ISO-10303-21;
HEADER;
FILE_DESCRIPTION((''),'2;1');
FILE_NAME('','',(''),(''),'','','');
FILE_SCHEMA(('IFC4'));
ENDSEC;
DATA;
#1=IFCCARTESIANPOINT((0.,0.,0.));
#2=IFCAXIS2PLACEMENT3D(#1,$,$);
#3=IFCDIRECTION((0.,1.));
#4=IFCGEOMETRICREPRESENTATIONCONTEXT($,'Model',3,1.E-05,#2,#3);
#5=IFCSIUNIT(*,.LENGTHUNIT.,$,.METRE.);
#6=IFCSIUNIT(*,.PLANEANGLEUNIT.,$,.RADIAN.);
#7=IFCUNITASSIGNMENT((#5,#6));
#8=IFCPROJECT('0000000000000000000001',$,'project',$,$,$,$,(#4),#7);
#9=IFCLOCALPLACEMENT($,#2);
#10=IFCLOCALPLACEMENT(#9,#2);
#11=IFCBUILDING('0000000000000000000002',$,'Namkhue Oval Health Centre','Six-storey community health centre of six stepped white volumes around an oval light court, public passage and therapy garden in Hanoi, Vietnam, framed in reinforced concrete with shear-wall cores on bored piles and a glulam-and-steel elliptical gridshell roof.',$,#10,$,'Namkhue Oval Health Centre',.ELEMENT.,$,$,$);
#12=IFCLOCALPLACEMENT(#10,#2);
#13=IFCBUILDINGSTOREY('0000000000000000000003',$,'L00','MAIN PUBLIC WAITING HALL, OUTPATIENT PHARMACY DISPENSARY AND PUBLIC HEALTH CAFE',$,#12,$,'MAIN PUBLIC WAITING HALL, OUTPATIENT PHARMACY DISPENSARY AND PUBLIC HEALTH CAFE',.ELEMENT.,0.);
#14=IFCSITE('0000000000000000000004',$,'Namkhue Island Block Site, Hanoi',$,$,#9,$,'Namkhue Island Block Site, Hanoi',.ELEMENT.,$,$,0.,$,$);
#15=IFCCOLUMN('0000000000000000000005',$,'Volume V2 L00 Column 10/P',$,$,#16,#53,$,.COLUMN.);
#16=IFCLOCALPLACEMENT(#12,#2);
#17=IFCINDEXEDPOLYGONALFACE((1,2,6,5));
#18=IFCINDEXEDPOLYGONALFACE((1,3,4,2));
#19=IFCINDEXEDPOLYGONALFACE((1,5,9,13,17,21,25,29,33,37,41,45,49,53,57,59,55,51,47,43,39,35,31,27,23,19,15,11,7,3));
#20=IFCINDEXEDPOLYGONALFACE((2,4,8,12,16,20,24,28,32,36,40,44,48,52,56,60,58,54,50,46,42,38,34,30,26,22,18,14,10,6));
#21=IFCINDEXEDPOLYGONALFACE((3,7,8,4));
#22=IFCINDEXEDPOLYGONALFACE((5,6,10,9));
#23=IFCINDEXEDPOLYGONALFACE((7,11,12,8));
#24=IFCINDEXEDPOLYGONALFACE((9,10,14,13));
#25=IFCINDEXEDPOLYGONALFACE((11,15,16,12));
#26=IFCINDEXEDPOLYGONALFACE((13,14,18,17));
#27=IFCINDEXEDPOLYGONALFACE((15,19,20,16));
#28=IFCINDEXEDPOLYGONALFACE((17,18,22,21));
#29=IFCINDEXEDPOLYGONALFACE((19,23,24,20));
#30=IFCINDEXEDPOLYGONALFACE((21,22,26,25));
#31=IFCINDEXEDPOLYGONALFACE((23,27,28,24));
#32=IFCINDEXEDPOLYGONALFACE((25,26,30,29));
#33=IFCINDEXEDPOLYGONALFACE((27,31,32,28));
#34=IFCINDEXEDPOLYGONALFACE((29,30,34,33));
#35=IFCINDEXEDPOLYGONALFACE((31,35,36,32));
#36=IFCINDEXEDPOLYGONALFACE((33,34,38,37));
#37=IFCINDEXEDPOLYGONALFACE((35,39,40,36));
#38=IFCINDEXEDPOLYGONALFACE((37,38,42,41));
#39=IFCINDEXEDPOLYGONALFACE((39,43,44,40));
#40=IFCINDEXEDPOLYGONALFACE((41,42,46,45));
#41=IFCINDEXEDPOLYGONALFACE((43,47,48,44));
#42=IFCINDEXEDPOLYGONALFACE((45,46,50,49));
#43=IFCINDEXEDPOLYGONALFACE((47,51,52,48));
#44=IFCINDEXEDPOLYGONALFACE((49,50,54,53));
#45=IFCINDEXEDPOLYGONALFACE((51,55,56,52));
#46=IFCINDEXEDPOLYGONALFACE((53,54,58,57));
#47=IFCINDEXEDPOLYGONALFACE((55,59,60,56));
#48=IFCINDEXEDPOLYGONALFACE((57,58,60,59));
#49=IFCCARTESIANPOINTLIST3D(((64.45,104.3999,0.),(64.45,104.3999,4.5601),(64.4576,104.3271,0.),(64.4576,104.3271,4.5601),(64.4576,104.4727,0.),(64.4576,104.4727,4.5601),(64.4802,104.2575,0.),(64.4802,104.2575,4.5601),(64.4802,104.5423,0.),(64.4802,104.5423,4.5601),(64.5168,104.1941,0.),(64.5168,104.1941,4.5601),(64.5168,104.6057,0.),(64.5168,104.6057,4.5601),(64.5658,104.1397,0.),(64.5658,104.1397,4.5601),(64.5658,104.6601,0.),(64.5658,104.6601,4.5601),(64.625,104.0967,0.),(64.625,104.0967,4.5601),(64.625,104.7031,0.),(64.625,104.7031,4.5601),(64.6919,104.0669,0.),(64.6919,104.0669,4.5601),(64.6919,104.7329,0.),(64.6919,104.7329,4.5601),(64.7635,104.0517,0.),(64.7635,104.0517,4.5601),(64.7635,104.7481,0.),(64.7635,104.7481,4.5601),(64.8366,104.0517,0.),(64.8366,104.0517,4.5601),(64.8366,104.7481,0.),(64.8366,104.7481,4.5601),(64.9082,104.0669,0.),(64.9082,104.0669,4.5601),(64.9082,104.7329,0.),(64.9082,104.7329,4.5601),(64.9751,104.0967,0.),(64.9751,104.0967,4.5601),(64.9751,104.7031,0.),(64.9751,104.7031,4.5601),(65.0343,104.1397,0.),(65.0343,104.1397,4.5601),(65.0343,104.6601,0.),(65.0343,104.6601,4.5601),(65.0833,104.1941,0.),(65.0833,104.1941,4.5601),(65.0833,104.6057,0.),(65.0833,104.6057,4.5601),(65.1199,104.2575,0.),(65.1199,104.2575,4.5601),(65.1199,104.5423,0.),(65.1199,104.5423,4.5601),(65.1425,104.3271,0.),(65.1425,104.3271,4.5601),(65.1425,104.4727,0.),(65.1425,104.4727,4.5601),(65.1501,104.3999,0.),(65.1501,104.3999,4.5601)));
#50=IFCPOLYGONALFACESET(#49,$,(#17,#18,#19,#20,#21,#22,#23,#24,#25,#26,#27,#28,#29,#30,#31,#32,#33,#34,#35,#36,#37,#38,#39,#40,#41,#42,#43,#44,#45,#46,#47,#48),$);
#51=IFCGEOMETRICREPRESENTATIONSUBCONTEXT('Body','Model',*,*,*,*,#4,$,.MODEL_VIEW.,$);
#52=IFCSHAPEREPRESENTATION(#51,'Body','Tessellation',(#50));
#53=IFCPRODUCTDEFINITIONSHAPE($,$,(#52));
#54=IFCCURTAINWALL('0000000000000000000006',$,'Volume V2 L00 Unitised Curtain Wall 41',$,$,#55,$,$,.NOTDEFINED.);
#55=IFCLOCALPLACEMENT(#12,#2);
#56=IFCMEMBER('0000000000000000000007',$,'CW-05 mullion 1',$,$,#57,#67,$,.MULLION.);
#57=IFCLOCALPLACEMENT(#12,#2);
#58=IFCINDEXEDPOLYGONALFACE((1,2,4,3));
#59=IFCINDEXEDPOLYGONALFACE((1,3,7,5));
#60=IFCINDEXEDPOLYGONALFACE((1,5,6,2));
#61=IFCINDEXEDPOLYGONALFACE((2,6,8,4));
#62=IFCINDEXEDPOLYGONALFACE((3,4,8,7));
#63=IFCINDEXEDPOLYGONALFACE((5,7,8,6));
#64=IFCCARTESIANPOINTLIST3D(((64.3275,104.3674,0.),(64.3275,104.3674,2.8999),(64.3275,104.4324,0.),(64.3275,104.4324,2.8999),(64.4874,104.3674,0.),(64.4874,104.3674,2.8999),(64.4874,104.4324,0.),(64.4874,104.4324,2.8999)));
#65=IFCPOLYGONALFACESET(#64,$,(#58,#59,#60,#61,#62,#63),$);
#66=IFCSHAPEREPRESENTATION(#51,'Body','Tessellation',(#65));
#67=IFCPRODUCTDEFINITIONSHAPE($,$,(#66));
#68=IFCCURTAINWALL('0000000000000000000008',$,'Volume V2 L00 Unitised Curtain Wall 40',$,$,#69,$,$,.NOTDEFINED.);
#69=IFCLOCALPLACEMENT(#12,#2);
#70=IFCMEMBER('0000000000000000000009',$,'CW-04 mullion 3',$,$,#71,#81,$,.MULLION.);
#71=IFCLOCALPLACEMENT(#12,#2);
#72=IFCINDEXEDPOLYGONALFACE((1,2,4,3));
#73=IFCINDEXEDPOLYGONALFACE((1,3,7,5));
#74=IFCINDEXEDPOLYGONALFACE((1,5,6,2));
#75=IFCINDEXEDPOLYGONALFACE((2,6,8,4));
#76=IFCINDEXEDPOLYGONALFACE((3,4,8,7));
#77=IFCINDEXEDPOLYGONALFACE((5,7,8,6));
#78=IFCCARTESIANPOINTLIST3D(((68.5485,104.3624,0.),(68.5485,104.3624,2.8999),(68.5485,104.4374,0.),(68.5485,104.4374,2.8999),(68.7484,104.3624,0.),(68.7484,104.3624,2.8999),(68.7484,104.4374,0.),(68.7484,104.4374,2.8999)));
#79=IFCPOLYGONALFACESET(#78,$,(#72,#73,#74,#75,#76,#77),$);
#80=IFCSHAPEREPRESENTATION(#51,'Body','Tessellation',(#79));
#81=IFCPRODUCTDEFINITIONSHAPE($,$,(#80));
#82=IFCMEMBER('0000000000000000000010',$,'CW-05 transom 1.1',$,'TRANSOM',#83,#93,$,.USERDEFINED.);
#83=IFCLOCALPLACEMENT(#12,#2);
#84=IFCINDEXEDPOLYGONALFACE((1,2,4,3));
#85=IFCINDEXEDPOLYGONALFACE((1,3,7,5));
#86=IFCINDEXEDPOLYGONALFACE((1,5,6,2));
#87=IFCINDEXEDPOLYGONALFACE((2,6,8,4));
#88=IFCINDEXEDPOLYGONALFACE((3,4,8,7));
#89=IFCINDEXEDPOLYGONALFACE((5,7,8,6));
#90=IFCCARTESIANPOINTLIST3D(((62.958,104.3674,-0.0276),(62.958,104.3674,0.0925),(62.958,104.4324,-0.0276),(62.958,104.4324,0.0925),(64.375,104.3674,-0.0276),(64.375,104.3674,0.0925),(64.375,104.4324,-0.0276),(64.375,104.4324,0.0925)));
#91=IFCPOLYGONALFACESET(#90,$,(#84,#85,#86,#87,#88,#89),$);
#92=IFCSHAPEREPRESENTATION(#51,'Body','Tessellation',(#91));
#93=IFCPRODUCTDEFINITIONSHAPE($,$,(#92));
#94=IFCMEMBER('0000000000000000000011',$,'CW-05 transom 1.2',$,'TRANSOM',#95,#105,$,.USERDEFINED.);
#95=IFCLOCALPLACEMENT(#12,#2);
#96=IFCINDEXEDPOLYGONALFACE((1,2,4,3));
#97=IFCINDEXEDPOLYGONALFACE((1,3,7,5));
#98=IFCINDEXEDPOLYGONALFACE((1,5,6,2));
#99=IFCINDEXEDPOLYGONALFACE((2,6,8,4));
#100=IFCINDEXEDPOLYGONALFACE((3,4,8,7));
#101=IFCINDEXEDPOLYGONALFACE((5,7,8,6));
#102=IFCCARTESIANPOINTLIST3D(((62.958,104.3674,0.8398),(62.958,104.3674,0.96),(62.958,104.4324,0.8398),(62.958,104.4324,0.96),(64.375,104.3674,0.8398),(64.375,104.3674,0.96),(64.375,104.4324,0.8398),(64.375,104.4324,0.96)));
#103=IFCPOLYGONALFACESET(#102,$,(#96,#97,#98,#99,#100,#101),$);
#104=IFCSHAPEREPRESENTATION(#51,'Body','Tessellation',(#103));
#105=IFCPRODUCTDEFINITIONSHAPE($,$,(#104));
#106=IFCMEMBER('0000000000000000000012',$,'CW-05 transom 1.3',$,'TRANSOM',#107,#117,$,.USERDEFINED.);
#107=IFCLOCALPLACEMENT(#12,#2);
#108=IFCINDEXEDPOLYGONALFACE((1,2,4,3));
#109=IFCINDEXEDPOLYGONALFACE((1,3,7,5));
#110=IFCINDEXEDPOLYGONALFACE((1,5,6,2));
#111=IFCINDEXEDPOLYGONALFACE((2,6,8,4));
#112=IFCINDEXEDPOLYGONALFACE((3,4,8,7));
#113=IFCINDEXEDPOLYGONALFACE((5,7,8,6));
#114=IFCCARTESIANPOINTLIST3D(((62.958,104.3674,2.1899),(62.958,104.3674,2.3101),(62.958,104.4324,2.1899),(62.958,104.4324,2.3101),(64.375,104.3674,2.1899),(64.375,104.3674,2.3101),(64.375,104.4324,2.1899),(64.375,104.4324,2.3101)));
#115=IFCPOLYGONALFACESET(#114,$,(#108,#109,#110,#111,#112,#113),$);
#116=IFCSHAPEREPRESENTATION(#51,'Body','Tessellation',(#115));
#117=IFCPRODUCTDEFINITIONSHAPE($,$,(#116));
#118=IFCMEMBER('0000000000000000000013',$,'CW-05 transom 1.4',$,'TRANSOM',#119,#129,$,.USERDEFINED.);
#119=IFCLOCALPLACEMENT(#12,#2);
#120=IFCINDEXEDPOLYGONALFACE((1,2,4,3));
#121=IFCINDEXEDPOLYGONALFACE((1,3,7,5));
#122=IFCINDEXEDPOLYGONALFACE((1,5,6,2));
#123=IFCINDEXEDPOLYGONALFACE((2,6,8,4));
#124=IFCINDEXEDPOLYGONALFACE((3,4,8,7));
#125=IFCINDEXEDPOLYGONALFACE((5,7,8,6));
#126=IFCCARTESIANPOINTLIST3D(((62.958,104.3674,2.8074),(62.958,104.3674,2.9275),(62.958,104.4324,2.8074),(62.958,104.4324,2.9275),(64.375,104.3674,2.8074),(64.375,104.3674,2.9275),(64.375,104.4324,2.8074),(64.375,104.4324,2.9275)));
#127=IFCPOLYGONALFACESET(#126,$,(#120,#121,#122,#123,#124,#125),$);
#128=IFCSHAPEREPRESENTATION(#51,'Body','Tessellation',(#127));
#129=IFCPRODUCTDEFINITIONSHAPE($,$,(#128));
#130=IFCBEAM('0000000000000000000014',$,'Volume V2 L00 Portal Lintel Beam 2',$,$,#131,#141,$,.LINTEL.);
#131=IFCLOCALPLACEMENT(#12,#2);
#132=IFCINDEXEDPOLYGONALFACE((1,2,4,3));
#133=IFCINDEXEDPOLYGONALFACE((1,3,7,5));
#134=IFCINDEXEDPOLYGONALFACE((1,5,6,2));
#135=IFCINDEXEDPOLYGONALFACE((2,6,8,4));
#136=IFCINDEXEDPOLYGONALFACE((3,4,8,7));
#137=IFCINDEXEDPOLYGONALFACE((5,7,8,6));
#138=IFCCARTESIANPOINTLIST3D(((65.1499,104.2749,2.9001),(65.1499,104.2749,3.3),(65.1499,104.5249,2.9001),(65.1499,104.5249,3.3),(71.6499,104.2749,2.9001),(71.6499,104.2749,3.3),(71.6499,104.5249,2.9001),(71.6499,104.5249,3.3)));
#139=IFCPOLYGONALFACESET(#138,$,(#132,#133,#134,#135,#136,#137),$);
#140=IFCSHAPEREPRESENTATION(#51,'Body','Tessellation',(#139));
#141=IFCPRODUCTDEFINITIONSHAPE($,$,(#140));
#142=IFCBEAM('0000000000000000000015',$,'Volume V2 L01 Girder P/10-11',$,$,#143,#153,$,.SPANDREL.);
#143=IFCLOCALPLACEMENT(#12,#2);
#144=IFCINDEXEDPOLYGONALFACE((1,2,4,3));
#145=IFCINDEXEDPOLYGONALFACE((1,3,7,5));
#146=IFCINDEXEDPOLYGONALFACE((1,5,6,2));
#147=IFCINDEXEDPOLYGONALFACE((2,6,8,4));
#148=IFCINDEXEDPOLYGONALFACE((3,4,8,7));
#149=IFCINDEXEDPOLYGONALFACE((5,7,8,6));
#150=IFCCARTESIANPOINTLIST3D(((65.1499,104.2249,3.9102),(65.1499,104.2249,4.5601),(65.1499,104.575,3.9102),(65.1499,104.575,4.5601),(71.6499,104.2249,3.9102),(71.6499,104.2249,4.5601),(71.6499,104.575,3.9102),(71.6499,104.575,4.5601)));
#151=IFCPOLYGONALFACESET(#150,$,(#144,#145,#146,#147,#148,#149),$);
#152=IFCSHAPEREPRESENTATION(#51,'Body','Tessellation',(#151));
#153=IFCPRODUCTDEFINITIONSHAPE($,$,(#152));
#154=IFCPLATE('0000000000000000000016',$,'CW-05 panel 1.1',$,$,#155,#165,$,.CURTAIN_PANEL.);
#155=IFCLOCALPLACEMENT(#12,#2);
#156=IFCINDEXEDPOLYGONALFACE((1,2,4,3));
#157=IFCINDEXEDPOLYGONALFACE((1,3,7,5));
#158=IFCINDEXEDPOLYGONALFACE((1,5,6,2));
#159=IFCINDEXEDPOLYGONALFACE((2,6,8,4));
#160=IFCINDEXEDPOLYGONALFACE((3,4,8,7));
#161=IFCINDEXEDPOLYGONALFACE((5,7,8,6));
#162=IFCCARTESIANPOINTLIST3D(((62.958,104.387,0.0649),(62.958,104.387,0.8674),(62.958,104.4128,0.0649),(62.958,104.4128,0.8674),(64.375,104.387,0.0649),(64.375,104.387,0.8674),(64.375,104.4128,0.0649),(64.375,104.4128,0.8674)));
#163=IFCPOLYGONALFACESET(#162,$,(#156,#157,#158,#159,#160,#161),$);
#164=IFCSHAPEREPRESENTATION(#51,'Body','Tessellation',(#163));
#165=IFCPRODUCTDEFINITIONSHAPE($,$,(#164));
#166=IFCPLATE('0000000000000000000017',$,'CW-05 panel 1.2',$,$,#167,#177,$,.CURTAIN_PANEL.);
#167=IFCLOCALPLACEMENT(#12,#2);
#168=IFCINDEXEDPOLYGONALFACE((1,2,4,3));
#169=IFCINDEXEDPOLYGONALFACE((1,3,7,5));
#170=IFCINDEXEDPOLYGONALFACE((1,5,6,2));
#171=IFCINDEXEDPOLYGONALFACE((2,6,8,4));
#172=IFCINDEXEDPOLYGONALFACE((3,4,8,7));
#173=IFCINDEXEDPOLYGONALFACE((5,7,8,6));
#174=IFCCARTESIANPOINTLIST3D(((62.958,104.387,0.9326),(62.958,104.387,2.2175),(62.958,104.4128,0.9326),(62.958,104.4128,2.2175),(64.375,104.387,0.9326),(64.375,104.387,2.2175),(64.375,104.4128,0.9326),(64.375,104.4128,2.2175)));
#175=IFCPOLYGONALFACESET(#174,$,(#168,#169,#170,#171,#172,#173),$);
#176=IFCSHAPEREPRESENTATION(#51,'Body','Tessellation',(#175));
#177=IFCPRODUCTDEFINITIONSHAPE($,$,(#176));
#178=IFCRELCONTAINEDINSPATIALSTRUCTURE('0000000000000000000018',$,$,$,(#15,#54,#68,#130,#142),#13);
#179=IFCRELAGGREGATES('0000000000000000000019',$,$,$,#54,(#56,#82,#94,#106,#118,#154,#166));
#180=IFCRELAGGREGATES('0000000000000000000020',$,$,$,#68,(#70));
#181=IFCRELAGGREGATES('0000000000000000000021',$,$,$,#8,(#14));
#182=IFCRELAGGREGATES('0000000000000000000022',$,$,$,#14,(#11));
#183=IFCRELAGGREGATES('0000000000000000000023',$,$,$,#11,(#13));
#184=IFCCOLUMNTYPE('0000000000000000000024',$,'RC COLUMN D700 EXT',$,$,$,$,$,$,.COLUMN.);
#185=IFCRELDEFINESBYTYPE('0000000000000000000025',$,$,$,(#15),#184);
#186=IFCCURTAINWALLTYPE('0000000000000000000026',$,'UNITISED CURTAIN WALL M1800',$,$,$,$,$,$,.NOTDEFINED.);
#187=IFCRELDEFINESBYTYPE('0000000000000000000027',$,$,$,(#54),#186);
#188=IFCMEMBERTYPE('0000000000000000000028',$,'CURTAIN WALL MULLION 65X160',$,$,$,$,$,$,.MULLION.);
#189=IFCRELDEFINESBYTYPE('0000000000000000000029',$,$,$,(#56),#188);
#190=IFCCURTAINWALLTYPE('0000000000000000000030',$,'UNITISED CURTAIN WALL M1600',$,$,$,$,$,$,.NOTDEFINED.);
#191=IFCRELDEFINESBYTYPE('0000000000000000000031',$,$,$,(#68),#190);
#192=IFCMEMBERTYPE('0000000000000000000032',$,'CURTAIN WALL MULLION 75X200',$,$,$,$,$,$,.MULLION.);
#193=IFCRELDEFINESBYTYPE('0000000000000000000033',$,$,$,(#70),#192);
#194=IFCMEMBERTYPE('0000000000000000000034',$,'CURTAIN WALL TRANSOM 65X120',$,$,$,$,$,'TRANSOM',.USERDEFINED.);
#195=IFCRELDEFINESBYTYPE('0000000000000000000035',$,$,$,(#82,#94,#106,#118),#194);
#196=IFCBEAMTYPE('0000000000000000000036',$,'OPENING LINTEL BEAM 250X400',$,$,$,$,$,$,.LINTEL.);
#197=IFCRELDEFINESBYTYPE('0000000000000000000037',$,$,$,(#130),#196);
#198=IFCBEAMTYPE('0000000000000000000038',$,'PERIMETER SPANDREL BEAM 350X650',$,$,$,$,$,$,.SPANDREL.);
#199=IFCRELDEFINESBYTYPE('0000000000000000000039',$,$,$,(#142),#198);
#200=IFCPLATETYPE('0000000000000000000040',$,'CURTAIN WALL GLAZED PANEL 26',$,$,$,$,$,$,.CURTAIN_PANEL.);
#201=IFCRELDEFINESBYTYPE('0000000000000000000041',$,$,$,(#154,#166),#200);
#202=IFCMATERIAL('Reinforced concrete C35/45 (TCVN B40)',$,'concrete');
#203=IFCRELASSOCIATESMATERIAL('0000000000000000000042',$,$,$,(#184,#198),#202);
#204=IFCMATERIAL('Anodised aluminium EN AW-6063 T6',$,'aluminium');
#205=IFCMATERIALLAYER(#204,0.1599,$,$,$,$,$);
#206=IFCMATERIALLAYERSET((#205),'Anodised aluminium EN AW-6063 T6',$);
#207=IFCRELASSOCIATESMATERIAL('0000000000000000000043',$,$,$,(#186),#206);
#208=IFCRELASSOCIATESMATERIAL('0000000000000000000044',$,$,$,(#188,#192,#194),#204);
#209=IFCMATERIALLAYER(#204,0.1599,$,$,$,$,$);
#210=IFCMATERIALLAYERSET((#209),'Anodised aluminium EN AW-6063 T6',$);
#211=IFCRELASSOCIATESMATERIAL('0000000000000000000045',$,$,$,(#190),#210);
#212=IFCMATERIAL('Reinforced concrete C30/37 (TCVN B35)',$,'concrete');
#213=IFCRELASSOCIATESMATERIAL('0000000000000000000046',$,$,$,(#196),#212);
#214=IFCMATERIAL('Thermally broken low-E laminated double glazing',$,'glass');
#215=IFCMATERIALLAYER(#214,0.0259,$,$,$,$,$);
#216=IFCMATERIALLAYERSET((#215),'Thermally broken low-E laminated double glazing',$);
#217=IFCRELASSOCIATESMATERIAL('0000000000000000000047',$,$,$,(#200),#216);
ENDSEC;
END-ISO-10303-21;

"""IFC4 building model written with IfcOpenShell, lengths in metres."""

from ifc_helpers import new_model, si_unit, direction, frame, origin, origin_2d, place, context, subcontext, project, spatial, rectangle, circle, extrude, material, layer, layer_set, material_profile, profile_set, type_object, element, aggregate, save


model = new_model("IFC4")

# Units and contexts
model_context = context("Model", 3, precision=1e-05, world=origin(), true_north=direction((0.0, 1.0)))
body_context = subcontext(model_context, "Body", "Model", "MODEL_VIEW")
ifc_project = project(units=[si_unit("LENGTHUNIT", "METRE"), si_unit("PLANEANGLEUNIT", "RADIAN")], contexts=[model_context])

# Site, building, storey
site_placement = place(None, origin())
site = spatial("IfcSite", under=ifc_project, at=site_placement, Name="Namkhue Island Block Site, Hanoi", LongName="Namkhue Island Block Site, Hanoi", CompositionType="ELEMENT", RefElevation=0.0)
building_placement = place(site_placement, origin())
building = spatial("IfcBuilding", under=site, at=building_placement, Name="Namkhue Oval Health Centre", Description="Six-storey community health centre of six stepped white volumes around an oval light court, public passage and therapy garden in Hanoi, Vietnam, framed in reinforced concrete with shear-wall cores on bored piles and a glulam-and-steel elliptical gridshell roof.", LongName="Namkhue Oval Health Centre", CompositionType="ELEMENT")
storey_placement = place(building_placement, origin())
storey = spatial("IfcBuildingStorey", under=building, at=storey_placement, Name="L00", Description="MAIN PUBLIC WAITING HALL, OUTPATIENT PHARMACY DISPENSARY AND PUBLIC HEALTH CAFE", LongName="MAIN PUBLIC WAITING HALL, OUTPATIENT PHARMACY DISPENSARY AND PUBLIC HEALTH CAFE", CompositionType="ELEMENT", Elevation=0.0)

# Shared definitions
ifc_material_1 = material(Name="Reinforced concrete C30/37 (TCVN B35)", Category="concrete")

# Column
ifc_material_2 = material(Name="Reinforced concrete C35/45 (TCVN B40)", Category="concrete")
ifc_material_profile_1 = material_profile(ifc_material_2, circle(Radius=0.3501, at=origin_2d()), Name="RC D700")
ifc_profile_set_1 = profile_set([ifc_material_profile_1], Name="Reinforced concrete C35/45 (TCVN B40)")
column_type_1 = type_object("IfcColumnType", Name="RC COLUMN D700 EXT", PredefinedType="COLUMN", material=ifc_profile_set_1)
column_1_placement = place(storey_placement, frame((64.8, 104.3999, 0.0), z_axis=(0.0, 0.0, 1.0), x_axis=(1.0, 0.0, 0.0)))
element("IfcColumn", 1, at=column_1_placement, inside=storey, type_object=column_type_1, Name="Volume V2 L00 Column 10/P", PredefinedType="COLUMN", context=body_context, shape_type="SweptSolid", body=[
    extrude(circle(Radius=0.3501, at=origin_2d()), origin(), (0.0, 0.0, 1.0), 4.5601),
])

# Curtain walls, members
ifc_material_3 = material(Name="Anodised aluminium EN AW-6063 T6", Category="aluminium")
ifc_layer_1 = layer(ifc_material_3, 0.1599)
ifc_layer_set_1 = layer_set([ifc_layer_1], Name="Anodised aluminium EN AW-6063 T6")
curtain_wall_type_1 = type_object("IfcCurtainWallType", Name="UNITISED CURTAIN WALL M1800", PredefinedType="NOTDEFINED", material=ifc_layer_set_1)
curtain_wall_1_placement = place(storey_placement, origin())
curtain_wall_1 = element("IfcCurtainWall", 2, at=curtain_wall_1_placement, inside=storey, type_object=curtain_wall_type_1, Name="Volume V2 L00 Unitised Curtain Wall 41", PredefinedType="NOTDEFINED")
ifc_material_profile_2 = material_profile(ifc_material_3, rectangle(XDim=0.0649, YDim=0.1599, at=origin_2d()), Name="ALU 65x160")
ifc_profile_set_2 = profile_set([ifc_material_profile_2], Name="Anodised aluminium EN AW-6063 T6")
member_type_1 = type_object("IfcMemberType", Name="CURTAIN WALL MULLION 65X160", PredefinedType="MULLION", material=ifc_profile_set_2)
member_1_placement = place(storey_placement, frame((64.4075, 104.3999, 0.0), z_axis=(0.0, 0.0, 1.0), x_axis=(0.0, -1.0, 0.0)))
member_1 = element("IfcMember", 3, at=member_1_placement, type_object=member_type_1, Name="CW-05 mullion 1", PredefinedType="MULLION", context=body_context, shape_type="SweptSolid", body=[
    extrude(rectangle(XDim=0.0649, YDim=0.1599, at=origin_2d()), origin(), (0.0, 0.0, 1.0), 2.8999),
])
ifc_layer_2 = layer(ifc_material_3, 0.1599)
ifc_layer_set_2 = layer_set([ifc_layer_2], Name="Anodised aluminium EN AW-6063 T6")
curtain_wall_type_2 = type_object("IfcCurtainWallType", Name="UNITISED CURTAIN WALL M1600", PredefinedType="NOTDEFINED", material=ifc_layer_set_2)
curtain_wall_2_placement = place(storey_placement, origin())
curtain_wall_2 = element("IfcCurtainWall", 4, at=curtain_wall_2_placement, inside=storey, type_object=curtain_wall_type_2, Name="Volume V2 L00 Unitised Curtain Wall 40", PredefinedType="NOTDEFINED")
ifc_material_profile_3 = material_profile(ifc_material_3, rectangle(XDim=0.075, YDim=0.2, at=origin_2d()), Name="ALU 75x200")
ifc_profile_set_3 = profile_set([ifc_material_profile_3], Name="Anodised aluminium EN AW-6063 T6")
member_type_2 = type_object("IfcMemberType", Name="CURTAIN WALL MULLION 75X200", PredefinedType="MULLION", material=ifc_profile_set_3)
member_2_placement = place(storey_placement, frame((68.6484, 104.3999, 0.0), z_axis=(0.0, 0.0, 1.0), x_axis=(0.0, -1.0, 0.0)))
member_2 = element("IfcMember", 5, at=member_2_placement, type_object=member_type_2, Name="CW-04 mullion 3", PredefinedType="MULLION", context=body_context, shape_type="SweptSolid", body=[
    extrude(rectangle(XDim=0.075, YDim=0.2, at=origin_2d()), origin(), (0.0, 0.0, 1.0), 2.8999),
])

# Members
ifc_material_profile_4 = material_profile(ifc_material_3, rectangle(XDim=0.0649, YDim=0.1201, at=origin_2d()), Name="ALU 65x120")
ifc_profile_set_4 = profile_set([ifc_material_profile_4], Name="Anodised aluminium EN AW-6063 T6")
member_type_3 = type_object("IfcMemberType", Name="CURTAIN WALL TRANSOM 65X120", ElementType="TRANSOM", PredefinedType="USERDEFINED", material=ifc_profile_set_4)
member_3_placement = place(storey_placement, frame((64.375, 104.3999, 0.0325), z_axis=(-1.0, 0.0, 0.0), x_axis=(0.0, -1.0, 0.0)))
member_3 = element("IfcMember", 6, at=member_3_placement, type_object=member_type_3, Name="CW-05 transom 1.1", ObjectType="TRANSOM", PredefinedType="USERDEFINED", context=body_context, shape_type="SweptSolid", body=[
    extrude(rectangle(XDim=0.0649, YDim=0.1201, at=origin_2d()), origin(), (0.0, 0.0, 1.0), 1.417),
])
member_4_placement = place(storey_placement, frame((64.375, 104.3999, 0.8999), z_axis=(-1.0, 0.0, 0.0), x_axis=(0.0, -1.0, 0.0)))
member_4 = element("IfcMember", 7, at=member_4_placement, type_object=member_type_3, Name="CW-05 transom 1.2", ObjectType="TRANSOM", PredefinedType="USERDEFINED", context=body_context, shape_type="SweptSolid", body=[
    extrude(rectangle(XDim=0.0649, YDim=0.1201, at=origin_2d()), origin(), (0.0, 0.0, 1.0), 1.417),
])
member_5_placement = place(storey_placement, frame((64.375, 104.3999, 2.25), z_axis=(-1.0, 0.0, 0.0), x_axis=(0.0, -1.0, 0.0)))
member_5 = element("IfcMember", 8, at=member_5_placement, type_object=member_type_3, Name="CW-05 transom 1.3", ObjectType="TRANSOM", PredefinedType="USERDEFINED", context=body_context, shape_type="SweptSolid", body=[
    extrude(rectangle(XDim=0.0649, YDim=0.1201, at=origin_2d()), origin(), (0.0, 0.0, 1.0), 1.417),
])
member_6_placement = place(storey_placement, frame((64.375, 104.3999, 2.8674), z_axis=(-1.0, 0.0, 0.0), x_axis=(0.0, -1.0, 0.0)))
member_6 = element("IfcMember", 9, at=member_6_placement, type_object=member_type_3, Name="CW-05 transom 1.4", ObjectType="TRANSOM", PredefinedType="USERDEFINED", context=body_context, shape_type="SweptSolid", body=[
    extrude(rectangle(XDim=0.0649, YDim=0.1201, at=origin_2d()), origin(), (0.0, 0.0, 1.0), 1.417),
])

# Beams
ifc_material_profile_5 = material_profile(ifc_material_1, rectangle(XDim=0.25, YDim=0.3999, at=origin_2d()), Name="RC 250x400")
ifc_profile_set_5 = profile_set([ifc_material_profile_5], Name="Reinforced concrete C30/37 (TCVN B35)")
beam_type_1 = type_object("IfcBeamType", Name="OPENING LINTEL BEAM 250X400", PredefinedType="LINTEL", material=ifc_profile_set_5)
beam_1_placement = place(storey_placement, frame((65.1499, 104.3999, 3.1001), z_axis=(1.0, 0.0, 0.0), x_axis=(0.0, 1.0, 0.0)))
element("IfcBeam", 10, at=beam_1_placement, inside=storey, type_object=beam_type_1, Name="Volume V2 L00 Portal Lintel Beam 2", PredefinedType="LINTEL", context=body_context, shape_type="SweptSolid", body=[
    extrude(rectangle(XDim=0.25, YDim=0.3999, at=origin_2d()), origin(), (0.0, 0.0, 1.0), 6.5),
])
ifc_material_profile_6 = material_profile(ifc_material_2, rectangle(XDim=0.3501, YDim=0.6499, at=origin_2d()), Name="RC 350x650")
ifc_profile_set_6 = profile_set([ifc_material_profile_6], Name="Reinforced concrete C35/45 (TCVN B40)")
beam_type_2 = type_object("IfcBeamType", Name="PERIMETER SPANDREL BEAM 350X650", PredefinedType="SPANDREL", material=ifc_profile_set_6)
beam_2_placement = place(storey_placement, frame((65.1499, 104.3999, 4.2351), z_axis=(1.0, 0.0, 0.0), x_axis=(0.0, 1.0, 0.0)))
element("IfcBeam", 11, at=beam_2_placement, inside=storey, type_object=beam_type_2, Name="Volume V2 L01 Girder P/10-11", PredefinedType="SPANDREL", context=body_context, shape_type="SweptSolid", body=[
    extrude(rectangle(XDim=0.3501, YDim=0.6499, at=origin_2d()), origin(), (0.0, 0.0, 1.0), 6.5),
])

# Plates
ifc_material_4 = material(Name="Thermally broken low-E laminated double glazing", Category="glass")
ifc_layer_3 = layer(ifc_material_4, 0.0259)
ifc_layer_set_3 = layer_set([ifc_layer_3], Name="Thermally broken low-E laminated double glazing")
plate_type_1 = type_object("IfcPlateType", Name="CURTAIN WALL GLAZED PANEL 26", PredefinedType="CURTAIN_PANEL", material=ifc_layer_set_3)
plate_1_placement = place(storey_placement, frame((63.6665, 104.3999, 0.0649), z_axis=(0.0, 0.0, 1.0), x_axis=(-1.0, 0.0, 0.0)))
plate_1 = element("IfcPlate", 12, at=plate_1_placement, type_object=plate_type_1, Name="CW-05 panel 1.1", PredefinedType="CURTAIN_PANEL", context=body_context, shape_type="SweptSolid", body=[
    extrude(rectangle(XDim=1.417, YDim=0.0259, at=origin_2d()), origin(), (0.0, 0.0, 1.0), 0.8025),
])
plate_2_placement = place(storey_placement, frame((63.6665, 104.3999, 0.9326), z_axis=(0.0, 0.0, 1.0), x_axis=(-1.0, 0.0, 0.0)))
plate_2 = element("IfcPlate", 13, at=plate_2_placement, type_object=plate_type_1, Name="CW-05 panel 1.2", PredefinedType="CURTAIN_PANEL", context=body_context, shape_type="SweptSolid", body=[
    extrude(rectangle(XDim=1.417, YDim=0.0259, at=origin_2d()), origin(), (0.0, 0.0, 1.0), 1.2849),
])
aggregate(curtain_wall_1, [member_1, member_3, member_4, member_5, member_6, plate_1, plate_2])
aggregate(curtain_wall_2, [member_2])

save(model, "model.ifc")
